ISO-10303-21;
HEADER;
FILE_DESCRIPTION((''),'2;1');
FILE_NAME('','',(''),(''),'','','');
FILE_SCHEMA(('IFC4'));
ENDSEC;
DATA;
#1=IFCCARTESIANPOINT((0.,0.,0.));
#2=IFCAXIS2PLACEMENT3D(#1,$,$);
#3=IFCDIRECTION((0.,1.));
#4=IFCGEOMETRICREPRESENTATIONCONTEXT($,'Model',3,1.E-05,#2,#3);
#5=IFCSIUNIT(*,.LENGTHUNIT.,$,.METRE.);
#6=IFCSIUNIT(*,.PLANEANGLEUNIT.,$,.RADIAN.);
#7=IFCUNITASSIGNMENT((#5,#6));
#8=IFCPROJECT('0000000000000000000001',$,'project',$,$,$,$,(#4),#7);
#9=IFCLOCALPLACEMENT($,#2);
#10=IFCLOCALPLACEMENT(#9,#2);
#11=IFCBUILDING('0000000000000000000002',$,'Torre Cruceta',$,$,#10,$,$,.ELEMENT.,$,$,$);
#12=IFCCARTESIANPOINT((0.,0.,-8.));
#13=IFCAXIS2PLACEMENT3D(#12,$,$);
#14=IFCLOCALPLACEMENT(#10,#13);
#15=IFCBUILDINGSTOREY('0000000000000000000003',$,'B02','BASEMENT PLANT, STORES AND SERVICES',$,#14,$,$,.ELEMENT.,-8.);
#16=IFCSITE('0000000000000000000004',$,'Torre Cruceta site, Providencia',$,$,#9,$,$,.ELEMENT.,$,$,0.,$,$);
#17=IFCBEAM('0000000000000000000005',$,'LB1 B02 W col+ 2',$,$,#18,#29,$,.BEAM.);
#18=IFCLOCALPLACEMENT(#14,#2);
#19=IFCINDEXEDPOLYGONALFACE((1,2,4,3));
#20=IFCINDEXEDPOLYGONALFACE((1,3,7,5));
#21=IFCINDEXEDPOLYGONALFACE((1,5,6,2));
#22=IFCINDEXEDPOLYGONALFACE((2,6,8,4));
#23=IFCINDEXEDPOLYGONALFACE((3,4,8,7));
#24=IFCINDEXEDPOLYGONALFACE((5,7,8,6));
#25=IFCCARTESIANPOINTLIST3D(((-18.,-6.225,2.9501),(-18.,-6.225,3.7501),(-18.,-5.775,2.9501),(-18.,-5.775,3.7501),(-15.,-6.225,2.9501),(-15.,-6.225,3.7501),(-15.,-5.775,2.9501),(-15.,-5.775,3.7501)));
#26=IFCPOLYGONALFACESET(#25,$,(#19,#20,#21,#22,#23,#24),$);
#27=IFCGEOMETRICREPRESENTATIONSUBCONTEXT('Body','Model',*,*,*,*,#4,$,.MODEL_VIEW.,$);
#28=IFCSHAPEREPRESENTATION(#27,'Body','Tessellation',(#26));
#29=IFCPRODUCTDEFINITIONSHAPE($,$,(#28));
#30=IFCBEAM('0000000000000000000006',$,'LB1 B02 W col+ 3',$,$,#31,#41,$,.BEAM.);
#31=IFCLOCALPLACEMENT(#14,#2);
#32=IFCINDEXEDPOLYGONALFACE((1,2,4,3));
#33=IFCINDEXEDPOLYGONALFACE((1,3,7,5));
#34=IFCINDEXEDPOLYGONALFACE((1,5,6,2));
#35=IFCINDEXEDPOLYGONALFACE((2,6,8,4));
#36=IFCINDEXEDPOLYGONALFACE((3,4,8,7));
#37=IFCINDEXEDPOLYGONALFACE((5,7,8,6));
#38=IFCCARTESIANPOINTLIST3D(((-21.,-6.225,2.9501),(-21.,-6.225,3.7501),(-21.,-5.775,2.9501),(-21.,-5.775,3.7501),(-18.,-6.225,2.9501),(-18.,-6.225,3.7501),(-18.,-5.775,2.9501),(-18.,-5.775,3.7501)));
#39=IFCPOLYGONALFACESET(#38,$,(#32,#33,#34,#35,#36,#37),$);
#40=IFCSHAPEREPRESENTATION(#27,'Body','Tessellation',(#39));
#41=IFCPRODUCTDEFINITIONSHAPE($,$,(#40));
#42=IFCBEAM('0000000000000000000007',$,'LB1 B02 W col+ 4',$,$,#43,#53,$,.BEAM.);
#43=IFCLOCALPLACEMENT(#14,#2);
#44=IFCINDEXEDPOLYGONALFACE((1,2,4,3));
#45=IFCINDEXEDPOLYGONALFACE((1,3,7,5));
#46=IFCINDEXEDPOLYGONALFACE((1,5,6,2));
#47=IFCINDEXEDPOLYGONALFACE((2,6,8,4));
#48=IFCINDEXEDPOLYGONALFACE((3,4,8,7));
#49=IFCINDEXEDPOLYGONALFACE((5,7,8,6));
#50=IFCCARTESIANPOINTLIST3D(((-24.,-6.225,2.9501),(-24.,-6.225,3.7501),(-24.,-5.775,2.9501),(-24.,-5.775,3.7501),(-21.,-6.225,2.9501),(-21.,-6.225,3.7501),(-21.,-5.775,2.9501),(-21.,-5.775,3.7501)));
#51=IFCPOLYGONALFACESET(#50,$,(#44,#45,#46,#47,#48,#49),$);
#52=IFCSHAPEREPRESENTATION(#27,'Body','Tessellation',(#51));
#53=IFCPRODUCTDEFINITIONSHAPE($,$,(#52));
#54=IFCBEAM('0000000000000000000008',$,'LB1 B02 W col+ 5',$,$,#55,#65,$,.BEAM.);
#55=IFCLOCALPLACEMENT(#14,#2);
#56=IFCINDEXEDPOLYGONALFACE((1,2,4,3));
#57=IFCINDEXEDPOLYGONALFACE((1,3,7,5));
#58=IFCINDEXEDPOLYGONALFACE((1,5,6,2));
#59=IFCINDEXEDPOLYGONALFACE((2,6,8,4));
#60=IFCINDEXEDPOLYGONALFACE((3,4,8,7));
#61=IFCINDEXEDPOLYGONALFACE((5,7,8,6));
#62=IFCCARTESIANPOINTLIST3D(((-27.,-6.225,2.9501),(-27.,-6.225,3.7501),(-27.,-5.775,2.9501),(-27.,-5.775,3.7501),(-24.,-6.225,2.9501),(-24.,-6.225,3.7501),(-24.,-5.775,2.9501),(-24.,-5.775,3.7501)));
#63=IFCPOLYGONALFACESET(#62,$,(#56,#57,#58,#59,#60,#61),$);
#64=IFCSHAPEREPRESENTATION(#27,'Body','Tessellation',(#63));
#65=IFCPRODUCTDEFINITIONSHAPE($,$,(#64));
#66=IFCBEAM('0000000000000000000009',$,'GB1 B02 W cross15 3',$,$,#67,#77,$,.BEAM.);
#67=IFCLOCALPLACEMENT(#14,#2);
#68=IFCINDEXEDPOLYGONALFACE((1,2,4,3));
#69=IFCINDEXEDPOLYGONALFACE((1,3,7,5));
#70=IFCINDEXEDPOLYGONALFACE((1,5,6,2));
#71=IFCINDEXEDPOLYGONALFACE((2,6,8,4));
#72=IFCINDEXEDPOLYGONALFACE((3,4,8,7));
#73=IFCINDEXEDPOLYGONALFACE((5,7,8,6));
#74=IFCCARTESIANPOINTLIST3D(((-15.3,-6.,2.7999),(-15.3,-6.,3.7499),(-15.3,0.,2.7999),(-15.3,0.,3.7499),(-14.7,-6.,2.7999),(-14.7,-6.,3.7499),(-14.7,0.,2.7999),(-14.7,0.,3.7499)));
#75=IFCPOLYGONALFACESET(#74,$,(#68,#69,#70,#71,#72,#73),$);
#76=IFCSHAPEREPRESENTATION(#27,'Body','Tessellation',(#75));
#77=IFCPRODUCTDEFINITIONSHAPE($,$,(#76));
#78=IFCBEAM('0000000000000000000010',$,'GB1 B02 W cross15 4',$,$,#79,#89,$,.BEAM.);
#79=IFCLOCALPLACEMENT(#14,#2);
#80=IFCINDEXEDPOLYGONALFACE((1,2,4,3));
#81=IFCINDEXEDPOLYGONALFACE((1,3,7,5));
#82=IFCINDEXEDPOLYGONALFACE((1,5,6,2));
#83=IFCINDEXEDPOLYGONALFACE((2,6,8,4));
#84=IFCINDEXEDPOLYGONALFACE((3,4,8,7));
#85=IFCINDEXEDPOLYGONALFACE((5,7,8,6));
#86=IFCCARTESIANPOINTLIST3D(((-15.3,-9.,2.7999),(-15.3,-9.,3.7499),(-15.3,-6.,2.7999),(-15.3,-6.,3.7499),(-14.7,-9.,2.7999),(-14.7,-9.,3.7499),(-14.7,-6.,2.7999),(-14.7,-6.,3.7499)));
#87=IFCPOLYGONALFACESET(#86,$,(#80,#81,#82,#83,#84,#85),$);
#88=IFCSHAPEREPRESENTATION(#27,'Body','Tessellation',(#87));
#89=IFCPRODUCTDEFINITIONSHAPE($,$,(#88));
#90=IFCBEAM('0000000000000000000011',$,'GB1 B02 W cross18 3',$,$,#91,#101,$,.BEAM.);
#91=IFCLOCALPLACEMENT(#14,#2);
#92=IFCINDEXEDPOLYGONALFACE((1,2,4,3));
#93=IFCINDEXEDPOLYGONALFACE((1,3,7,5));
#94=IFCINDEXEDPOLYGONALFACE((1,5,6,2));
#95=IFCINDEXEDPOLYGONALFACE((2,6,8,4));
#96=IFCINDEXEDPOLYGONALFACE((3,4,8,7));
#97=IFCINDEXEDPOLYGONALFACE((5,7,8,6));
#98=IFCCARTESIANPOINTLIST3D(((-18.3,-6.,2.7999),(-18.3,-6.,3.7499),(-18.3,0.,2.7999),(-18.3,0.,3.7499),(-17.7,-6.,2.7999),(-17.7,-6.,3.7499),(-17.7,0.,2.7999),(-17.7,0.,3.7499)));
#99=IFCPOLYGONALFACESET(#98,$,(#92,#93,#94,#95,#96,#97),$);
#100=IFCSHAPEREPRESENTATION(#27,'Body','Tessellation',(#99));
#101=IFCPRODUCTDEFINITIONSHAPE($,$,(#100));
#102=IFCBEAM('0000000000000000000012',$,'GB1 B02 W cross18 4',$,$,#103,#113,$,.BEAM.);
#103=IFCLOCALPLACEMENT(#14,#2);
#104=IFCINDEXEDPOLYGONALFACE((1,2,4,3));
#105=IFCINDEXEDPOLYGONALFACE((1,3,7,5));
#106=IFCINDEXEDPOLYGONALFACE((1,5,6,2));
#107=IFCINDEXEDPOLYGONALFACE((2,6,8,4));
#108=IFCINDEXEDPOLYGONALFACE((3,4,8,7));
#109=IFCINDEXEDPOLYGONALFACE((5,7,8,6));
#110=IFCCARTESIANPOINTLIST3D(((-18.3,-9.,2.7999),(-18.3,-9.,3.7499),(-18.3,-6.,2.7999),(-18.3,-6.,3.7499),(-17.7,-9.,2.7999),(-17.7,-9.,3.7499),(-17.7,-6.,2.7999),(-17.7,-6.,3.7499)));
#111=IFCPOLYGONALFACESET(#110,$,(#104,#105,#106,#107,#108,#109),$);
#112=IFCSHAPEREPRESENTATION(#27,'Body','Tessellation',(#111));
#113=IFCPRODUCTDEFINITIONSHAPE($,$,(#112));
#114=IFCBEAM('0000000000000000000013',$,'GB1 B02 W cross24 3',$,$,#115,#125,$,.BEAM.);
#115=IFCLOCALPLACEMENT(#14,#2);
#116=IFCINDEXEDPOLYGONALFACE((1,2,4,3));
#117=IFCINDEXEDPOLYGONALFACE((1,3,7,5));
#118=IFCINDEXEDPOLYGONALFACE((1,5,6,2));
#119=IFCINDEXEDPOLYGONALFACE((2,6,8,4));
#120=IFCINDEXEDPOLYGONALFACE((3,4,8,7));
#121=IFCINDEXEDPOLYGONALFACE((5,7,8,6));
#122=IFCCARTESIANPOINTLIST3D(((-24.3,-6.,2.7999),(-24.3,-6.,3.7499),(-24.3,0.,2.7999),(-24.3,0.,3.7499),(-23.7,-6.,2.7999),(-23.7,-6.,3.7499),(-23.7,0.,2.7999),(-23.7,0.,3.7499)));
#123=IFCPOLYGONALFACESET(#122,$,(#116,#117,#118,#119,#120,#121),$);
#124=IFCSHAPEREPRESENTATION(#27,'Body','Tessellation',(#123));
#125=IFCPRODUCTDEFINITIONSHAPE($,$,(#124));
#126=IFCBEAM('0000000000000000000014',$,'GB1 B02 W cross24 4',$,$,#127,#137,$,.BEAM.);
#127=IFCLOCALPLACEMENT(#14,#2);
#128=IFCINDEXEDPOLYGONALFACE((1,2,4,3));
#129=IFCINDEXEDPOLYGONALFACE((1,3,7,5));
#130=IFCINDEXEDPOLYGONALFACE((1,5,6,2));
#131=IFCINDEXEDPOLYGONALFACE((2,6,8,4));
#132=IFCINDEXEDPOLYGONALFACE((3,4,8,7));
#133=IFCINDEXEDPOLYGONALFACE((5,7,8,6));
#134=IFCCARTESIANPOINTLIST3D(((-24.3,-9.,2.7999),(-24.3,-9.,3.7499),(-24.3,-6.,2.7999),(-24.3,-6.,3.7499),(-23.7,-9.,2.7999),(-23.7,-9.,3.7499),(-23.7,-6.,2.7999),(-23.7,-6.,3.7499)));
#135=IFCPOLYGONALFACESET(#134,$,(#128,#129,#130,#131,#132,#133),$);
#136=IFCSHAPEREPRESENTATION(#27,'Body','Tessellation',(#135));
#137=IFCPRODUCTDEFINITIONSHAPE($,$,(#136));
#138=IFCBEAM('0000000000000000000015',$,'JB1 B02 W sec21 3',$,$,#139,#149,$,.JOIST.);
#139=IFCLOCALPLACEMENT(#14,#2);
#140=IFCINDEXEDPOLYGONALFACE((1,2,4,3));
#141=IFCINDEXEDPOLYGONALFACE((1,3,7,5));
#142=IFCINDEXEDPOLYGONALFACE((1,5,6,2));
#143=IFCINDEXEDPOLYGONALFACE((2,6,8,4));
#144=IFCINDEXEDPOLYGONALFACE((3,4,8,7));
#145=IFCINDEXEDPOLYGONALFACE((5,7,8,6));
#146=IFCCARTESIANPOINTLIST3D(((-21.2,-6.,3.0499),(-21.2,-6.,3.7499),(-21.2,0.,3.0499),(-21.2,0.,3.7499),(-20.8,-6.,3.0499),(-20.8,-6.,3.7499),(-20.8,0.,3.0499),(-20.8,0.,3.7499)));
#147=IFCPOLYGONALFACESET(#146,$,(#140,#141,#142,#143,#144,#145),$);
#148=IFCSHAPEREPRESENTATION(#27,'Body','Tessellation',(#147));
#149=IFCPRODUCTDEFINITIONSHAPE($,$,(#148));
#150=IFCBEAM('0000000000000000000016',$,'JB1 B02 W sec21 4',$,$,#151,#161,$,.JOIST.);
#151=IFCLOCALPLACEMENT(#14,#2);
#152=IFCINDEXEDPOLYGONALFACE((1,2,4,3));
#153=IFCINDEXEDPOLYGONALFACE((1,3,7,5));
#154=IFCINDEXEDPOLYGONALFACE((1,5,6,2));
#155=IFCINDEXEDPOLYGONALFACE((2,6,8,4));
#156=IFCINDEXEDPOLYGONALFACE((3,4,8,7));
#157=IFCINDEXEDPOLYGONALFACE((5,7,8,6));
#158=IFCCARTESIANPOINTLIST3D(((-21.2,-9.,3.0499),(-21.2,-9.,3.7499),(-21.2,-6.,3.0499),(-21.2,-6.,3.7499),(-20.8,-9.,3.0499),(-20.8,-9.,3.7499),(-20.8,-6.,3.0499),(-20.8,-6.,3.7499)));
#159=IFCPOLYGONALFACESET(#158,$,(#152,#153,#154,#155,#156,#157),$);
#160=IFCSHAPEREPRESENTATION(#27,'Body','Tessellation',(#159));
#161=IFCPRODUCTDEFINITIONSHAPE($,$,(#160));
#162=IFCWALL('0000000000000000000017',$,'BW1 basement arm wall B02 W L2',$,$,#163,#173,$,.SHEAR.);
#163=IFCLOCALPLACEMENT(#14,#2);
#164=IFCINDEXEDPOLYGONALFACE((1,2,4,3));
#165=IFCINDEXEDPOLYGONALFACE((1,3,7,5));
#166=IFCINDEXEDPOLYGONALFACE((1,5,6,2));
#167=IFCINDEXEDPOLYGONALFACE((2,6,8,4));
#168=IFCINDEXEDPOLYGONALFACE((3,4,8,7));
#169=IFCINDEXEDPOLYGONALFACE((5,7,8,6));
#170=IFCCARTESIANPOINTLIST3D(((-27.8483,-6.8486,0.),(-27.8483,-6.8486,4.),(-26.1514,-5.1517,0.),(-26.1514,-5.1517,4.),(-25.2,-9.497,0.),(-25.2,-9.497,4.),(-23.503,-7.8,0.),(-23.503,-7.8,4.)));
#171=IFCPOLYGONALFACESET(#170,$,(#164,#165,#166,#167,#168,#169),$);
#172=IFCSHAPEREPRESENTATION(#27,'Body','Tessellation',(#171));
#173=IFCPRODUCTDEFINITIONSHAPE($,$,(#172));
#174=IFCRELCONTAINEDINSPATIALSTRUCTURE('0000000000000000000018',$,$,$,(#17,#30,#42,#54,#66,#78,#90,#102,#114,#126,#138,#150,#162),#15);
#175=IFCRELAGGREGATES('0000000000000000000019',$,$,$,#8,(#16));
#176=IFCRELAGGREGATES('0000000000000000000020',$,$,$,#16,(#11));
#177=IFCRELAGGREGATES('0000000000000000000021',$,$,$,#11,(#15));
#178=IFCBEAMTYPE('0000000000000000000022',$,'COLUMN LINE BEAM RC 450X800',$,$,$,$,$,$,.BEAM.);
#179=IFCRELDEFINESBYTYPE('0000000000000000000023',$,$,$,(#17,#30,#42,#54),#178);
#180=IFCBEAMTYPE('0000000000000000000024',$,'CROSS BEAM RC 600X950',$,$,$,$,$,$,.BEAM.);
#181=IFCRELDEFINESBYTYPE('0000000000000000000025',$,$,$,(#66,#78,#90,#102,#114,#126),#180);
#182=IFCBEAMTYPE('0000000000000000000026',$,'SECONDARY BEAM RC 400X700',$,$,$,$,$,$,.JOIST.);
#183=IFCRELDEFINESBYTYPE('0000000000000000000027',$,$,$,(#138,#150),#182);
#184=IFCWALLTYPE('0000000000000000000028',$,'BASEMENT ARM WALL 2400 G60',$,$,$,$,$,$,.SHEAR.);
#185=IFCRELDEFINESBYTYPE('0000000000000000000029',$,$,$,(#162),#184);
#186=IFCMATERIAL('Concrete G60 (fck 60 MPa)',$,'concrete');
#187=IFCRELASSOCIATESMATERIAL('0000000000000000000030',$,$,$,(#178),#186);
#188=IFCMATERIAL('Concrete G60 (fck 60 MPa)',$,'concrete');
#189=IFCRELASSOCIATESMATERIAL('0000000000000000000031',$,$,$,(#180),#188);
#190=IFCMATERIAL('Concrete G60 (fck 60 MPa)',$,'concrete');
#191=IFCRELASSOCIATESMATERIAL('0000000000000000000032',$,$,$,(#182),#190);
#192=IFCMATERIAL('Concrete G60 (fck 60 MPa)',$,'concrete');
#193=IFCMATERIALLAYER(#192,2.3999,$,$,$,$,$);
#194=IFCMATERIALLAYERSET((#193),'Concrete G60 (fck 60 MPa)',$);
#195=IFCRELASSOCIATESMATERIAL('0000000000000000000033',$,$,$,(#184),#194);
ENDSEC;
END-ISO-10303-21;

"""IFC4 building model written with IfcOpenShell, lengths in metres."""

from ifc_helpers import new_model, si_unit, direction, frame, frame_2d, origin, origin_2d, place, context, subcontext, project, spatial, rectangle, extrude, material, layer, layer_set, material_profile, profile_set, type_object, element, save


model = new_model("IFC4")

# Units and contexts
model_context = context("Model", 3, precision=1e-05, world=origin(), true_north=direction((0.0, 1.0)))
body_context = subcontext(model_context, "Body", "Model", "MODEL_VIEW")
ifc_project = project(units=[si_unit("LENGTHUNIT", "METRE"), si_unit("PLANEANGLEUNIT", "RADIAN")], contexts=[model_context])

# Site, building, storey
site_placement = place(None, origin())
site = spatial("IfcSite", under=ifc_project, at=site_placement, Name="Torre Cruceta site, Providencia", CompositionType="ELEMENT", RefElevation=0.0)
building_placement = place(site_placement, origin())
building = spatial("IfcBuilding", under=site, at=building_placement, Name="Torre Cruceta", CompositionType="ELEMENT")
storey_placement = place(building_placement, frame((0.0, 0.0, -8.0)))
storey = spatial("IfcBuildingStorey", under=building, at=storey_placement, Name="B02", Description="BASEMENT PLANT, STORES AND SERVICES", CompositionType="ELEMENT", Elevation=-8.0)

# Beams
ifc_material_1 = material(Name="Concrete G60 (fck 60 MPa)", Category="concrete")
ifc_material_profile_1 = material_profile(ifc_material_1, rectangle(XDim=0.45, YDim=0.8, at=origin_2d()), Name="RC 450X800")
ifc_profile_set_1 = profile_set([ifc_material_profile_1], Name="Concrete G60 (fck 60 MPa)")
beam_type_1 = type_object("IfcBeamType", Name="COLUMN LINE BEAM RC 450X800", PredefinedType="BEAM", material=ifc_profile_set_1)
for number, where, z_axis, x_axis, name in (
    (1, (-15.0, -6.0, 3.3501), (-1.0, 0.0, 0.0), (0.0, -1.0, 0.0), "LB1 B02 W col+ 2"),
    (2, (-18.0, -6.0, 3.3501), (-1.0, 0.0, 0.0), (0.0, -1.0, 0.0), "LB1 B02 W col+ 3"),
    (3, (-21.0, -6.0, 3.3501), (-1.0, 0.0, 0.0), (0.0, -1.0, 0.0), "LB1 B02 W col+ 4"),
    (4, (-24.0, -6.0, 3.3501), (-1.0, 0.0, 0.0), (0.0, -1.0, 0.0), "LB1 B02 W col+ 5"),
):
    element("IfcBeam", number, at=place(storey_placement, frame(where, z_axis=z_axis, x_axis=x_axis)), inside=storey, type_object=beam_type_1, Name=name, PredefinedType="BEAM", context=body_context, shape_type="SweptSolid", body=[
        extrude(rectangle(XDim=0.45, YDim=0.8, at=origin_2d()), origin(), (0.0, 0.0, 1.0), 3.0),
    ])
ifc_material_2 = material(Name="Concrete G60 (fck 60 MPa)", Category="concrete")
ifc_material_profile_2 = material_profile(ifc_material_2, rectangle(XDim=0.6001, YDim=0.95, at=origin_2d()), Name="RC 600X950")
ifc_profile_set_2 = profile_set([ifc_material_profile_2], Name="Concrete G60 (fck 60 MPa)")
beam_type_2 = type_object("IfcBeamType", Name="CROSS BEAM RC 600X950", PredefinedType="BEAM", material=ifc_profile_set_2)
beam_1_placement = place(storey_placement, frame((-15.0, 0.0, 3.2749), z_axis=(0.0, -1.0, 0.0), x_axis=(1.0, 0.0, 0.0)))
element("IfcBeam", 5, at=beam_1_placement, inside=storey, type_object=beam_type_2, Name="GB1 B02 W cross15 3", PredefinedType="BEAM", context=body_context, shape_type="SweptSolid", body=[
    extrude(rectangle(XDim=0.6001, YDim=0.95, at=origin_2d()), origin(), (0.0, 0.0, 1.0), 6.0),
])
beam_2_placement = place(storey_placement, frame((-15.0, -6.0, 3.2749), z_axis=(0.0, -1.0, 0.0), x_axis=(1.0, 0.0, 0.0)))
element("IfcBeam", 6, at=beam_2_placement, inside=storey, type_object=beam_type_2, Name="GB1 B02 W cross15 4", PredefinedType="BEAM", context=body_context, shape_type="SweptSolid", body=[
    extrude(rectangle(XDim=0.6001, YDim=0.95, at=origin_2d()), origin(), (0.0, 0.0, 1.0), 3.0),
])
beam_3_placement = place(storey_placement, frame((-18.0, 0.0, 3.2749), z_axis=(0.0, -1.0, 0.0), x_axis=(1.0, 0.0, 0.0)))
element("IfcBeam", 7, at=beam_3_placement, inside=storey, type_object=beam_type_2, Name="GB1 B02 W cross18 3", PredefinedType="BEAM", context=body_context, shape_type="SweptSolid", body=[
    extrude(rectangle(XDim=0.6001, YDim=0.95, at=origin_2d()), origin(), (0.0, 0.0, 1.0), 6.0),
])
beam_4_placement = place(storey_placement, frame((-18.0, -6.0, 3.2749), z_axis=(0.0, -1.0, 0.0), x_axis=(1.0, 0.0, 0.0)))
element("IfcBeam", 8, at=beam_4_placement, inside=storey, type_object=beam_type_2, Name="GB1 B02 W cross18 4", PredefinedType="BEAM", context=body_context, shape_type="SweptSolid", body=[
    extrude(rectangle(XDim=0.6001, YDim=0.95, at=origin_2d()), origin(), (0.0, 0.0, 1.0), 3.0),
])
beam_5_placement = place(storey_placement, frame((-24.0, 0.0, 3.2749), z_axis=(0.0, -1.0, 0.0), x_axis=(1.0, 0.0, 0.0)))
element("IfcBeam", 9, at=beam_5_placement, inside=storey, type_object=beam_type_2, Name="GB1 B02 W cross24 3", PredefinedType="BEAM", context=body_context, shape_type="SweptSolid", body=[
    extrude(rectangle(XDim=0.6001, YDim=0.95, at=origin_2d()), origin(), (0.0, 0.0, 1.0), 6.0),
])
beam_6_placement = place(storey_placement, frame((-24.0, -6.0, 3.2749), z_axis=(0.0, -1.0, 0.0), x_axis=(1.0, 0.0, 0.0)))
element("IfcBeam", 10, at=beam_6_placement, inside=storey, type_object=beam_type_2, Name="GB1 B02 W cross24 4", PredefinedType="BEAM", context=body_context, shape_type="SweptSolid", body=[
    extrude(rectangle(XDim=0.6001, YDim=0.95, at=origin_2d()), origin(), (0.0, 0.0, 1.0), 3.0),
])
ifc_material_3 = material(Name="Concrete G60 (fck 60 MPa)", Category="concrete")
ifc_material_profile_3 = material_profile(ifc_material_3, rectangle(XDim=0.3999, YDim=0.7, at=origin_2d()), Name="RC 400X700")
ifc_profile_set_3 = profile_set([ifc_material_profile_3], Name="Concrete G60 (fck 60 MPa)")
beam_type_3 = type_object("IfcBeamType", Name="SECONDARY BEAM RC 400X700", PredefinedType="JOIST", material=ifc_profile_set_3)
beam_7_placement = place(storey_placement, frame((-21.0, 0.0, 3.3999), z_axis=(0.0, -1.0, 0.0), x_axis=(1.0, 0.0, 0.0)))
element("IfcBeam", 11, at=beam_7_placement, inside=storey, type_object=beam_type_3, Name="JB1 B02 W sec21 3", PredefinedType="JOIST", context=body_context, shape_type="SweptSolid", body=[
    extrude(rectangle(XDim=0.3999, YDim=0.7, at=origin_2d()), origin(), (0.0, 0.0, 1.0), 6.0),
])
beam_8_placement = place(storey_placement, frame((-21.0, -6.0, 3.3999), z_axis=(0.0, -1.0, 0.0), x_axis=(1.0, 0.0, 0.0)))
element("IfcBeam", 12, at=beam_8_placement, inside=storey, type_object=beam_type_3, Name="JB1 B02 W sec21 4", PredefinedType="JOIST", context=body_context, shape_type="SweptSolid", body=[
    extrude(rectangle(XDim=0.3999, YDim=0.7, at=origin_2d()), origin(), (0.0, 0.0, 1.0), 3.0),
])

# Wall
ifc_material_4 = material(Name="Concrete G60 (fck 60 MPa)", Category="concrete")
ifc_layer_1 = layer(ifc_material_4, 2.3999)
ifc_layer_set_1 = layer_set([ifc_layer_1], Name="Concrete G60 (fck 60 MPa)")
wall_type_1 = type_object("IfcWallType", Name="BASEMENT ARM WALL 2400 G60", PredefinedType="SHEAR", material=ifc_layer_set_1)
wall_1_placement = place(storey_placement, frame((-24.3516, -8.6484, 0.0), z_axis=(0.0, 0.0, 1.0), x_axis=(-0.707107, 0.707107, 0.0)))
element("IfcWall", 13, at=wall_1_placement, inside=storey, type_object=wall_type_1, Name="BW1 basement arm wall B02 W L2", PredefinedType="SHEAR", context=body_context, shape_type="SweptSolid", body=[
    extrude(rectangle(XDim=3.7454, YDim=2.3999, at=frame_2d((1.8726, 0.0))), origin(), (0.0, 0.0, 1.0), 4.0),
])

save(model, "model.ifc")
